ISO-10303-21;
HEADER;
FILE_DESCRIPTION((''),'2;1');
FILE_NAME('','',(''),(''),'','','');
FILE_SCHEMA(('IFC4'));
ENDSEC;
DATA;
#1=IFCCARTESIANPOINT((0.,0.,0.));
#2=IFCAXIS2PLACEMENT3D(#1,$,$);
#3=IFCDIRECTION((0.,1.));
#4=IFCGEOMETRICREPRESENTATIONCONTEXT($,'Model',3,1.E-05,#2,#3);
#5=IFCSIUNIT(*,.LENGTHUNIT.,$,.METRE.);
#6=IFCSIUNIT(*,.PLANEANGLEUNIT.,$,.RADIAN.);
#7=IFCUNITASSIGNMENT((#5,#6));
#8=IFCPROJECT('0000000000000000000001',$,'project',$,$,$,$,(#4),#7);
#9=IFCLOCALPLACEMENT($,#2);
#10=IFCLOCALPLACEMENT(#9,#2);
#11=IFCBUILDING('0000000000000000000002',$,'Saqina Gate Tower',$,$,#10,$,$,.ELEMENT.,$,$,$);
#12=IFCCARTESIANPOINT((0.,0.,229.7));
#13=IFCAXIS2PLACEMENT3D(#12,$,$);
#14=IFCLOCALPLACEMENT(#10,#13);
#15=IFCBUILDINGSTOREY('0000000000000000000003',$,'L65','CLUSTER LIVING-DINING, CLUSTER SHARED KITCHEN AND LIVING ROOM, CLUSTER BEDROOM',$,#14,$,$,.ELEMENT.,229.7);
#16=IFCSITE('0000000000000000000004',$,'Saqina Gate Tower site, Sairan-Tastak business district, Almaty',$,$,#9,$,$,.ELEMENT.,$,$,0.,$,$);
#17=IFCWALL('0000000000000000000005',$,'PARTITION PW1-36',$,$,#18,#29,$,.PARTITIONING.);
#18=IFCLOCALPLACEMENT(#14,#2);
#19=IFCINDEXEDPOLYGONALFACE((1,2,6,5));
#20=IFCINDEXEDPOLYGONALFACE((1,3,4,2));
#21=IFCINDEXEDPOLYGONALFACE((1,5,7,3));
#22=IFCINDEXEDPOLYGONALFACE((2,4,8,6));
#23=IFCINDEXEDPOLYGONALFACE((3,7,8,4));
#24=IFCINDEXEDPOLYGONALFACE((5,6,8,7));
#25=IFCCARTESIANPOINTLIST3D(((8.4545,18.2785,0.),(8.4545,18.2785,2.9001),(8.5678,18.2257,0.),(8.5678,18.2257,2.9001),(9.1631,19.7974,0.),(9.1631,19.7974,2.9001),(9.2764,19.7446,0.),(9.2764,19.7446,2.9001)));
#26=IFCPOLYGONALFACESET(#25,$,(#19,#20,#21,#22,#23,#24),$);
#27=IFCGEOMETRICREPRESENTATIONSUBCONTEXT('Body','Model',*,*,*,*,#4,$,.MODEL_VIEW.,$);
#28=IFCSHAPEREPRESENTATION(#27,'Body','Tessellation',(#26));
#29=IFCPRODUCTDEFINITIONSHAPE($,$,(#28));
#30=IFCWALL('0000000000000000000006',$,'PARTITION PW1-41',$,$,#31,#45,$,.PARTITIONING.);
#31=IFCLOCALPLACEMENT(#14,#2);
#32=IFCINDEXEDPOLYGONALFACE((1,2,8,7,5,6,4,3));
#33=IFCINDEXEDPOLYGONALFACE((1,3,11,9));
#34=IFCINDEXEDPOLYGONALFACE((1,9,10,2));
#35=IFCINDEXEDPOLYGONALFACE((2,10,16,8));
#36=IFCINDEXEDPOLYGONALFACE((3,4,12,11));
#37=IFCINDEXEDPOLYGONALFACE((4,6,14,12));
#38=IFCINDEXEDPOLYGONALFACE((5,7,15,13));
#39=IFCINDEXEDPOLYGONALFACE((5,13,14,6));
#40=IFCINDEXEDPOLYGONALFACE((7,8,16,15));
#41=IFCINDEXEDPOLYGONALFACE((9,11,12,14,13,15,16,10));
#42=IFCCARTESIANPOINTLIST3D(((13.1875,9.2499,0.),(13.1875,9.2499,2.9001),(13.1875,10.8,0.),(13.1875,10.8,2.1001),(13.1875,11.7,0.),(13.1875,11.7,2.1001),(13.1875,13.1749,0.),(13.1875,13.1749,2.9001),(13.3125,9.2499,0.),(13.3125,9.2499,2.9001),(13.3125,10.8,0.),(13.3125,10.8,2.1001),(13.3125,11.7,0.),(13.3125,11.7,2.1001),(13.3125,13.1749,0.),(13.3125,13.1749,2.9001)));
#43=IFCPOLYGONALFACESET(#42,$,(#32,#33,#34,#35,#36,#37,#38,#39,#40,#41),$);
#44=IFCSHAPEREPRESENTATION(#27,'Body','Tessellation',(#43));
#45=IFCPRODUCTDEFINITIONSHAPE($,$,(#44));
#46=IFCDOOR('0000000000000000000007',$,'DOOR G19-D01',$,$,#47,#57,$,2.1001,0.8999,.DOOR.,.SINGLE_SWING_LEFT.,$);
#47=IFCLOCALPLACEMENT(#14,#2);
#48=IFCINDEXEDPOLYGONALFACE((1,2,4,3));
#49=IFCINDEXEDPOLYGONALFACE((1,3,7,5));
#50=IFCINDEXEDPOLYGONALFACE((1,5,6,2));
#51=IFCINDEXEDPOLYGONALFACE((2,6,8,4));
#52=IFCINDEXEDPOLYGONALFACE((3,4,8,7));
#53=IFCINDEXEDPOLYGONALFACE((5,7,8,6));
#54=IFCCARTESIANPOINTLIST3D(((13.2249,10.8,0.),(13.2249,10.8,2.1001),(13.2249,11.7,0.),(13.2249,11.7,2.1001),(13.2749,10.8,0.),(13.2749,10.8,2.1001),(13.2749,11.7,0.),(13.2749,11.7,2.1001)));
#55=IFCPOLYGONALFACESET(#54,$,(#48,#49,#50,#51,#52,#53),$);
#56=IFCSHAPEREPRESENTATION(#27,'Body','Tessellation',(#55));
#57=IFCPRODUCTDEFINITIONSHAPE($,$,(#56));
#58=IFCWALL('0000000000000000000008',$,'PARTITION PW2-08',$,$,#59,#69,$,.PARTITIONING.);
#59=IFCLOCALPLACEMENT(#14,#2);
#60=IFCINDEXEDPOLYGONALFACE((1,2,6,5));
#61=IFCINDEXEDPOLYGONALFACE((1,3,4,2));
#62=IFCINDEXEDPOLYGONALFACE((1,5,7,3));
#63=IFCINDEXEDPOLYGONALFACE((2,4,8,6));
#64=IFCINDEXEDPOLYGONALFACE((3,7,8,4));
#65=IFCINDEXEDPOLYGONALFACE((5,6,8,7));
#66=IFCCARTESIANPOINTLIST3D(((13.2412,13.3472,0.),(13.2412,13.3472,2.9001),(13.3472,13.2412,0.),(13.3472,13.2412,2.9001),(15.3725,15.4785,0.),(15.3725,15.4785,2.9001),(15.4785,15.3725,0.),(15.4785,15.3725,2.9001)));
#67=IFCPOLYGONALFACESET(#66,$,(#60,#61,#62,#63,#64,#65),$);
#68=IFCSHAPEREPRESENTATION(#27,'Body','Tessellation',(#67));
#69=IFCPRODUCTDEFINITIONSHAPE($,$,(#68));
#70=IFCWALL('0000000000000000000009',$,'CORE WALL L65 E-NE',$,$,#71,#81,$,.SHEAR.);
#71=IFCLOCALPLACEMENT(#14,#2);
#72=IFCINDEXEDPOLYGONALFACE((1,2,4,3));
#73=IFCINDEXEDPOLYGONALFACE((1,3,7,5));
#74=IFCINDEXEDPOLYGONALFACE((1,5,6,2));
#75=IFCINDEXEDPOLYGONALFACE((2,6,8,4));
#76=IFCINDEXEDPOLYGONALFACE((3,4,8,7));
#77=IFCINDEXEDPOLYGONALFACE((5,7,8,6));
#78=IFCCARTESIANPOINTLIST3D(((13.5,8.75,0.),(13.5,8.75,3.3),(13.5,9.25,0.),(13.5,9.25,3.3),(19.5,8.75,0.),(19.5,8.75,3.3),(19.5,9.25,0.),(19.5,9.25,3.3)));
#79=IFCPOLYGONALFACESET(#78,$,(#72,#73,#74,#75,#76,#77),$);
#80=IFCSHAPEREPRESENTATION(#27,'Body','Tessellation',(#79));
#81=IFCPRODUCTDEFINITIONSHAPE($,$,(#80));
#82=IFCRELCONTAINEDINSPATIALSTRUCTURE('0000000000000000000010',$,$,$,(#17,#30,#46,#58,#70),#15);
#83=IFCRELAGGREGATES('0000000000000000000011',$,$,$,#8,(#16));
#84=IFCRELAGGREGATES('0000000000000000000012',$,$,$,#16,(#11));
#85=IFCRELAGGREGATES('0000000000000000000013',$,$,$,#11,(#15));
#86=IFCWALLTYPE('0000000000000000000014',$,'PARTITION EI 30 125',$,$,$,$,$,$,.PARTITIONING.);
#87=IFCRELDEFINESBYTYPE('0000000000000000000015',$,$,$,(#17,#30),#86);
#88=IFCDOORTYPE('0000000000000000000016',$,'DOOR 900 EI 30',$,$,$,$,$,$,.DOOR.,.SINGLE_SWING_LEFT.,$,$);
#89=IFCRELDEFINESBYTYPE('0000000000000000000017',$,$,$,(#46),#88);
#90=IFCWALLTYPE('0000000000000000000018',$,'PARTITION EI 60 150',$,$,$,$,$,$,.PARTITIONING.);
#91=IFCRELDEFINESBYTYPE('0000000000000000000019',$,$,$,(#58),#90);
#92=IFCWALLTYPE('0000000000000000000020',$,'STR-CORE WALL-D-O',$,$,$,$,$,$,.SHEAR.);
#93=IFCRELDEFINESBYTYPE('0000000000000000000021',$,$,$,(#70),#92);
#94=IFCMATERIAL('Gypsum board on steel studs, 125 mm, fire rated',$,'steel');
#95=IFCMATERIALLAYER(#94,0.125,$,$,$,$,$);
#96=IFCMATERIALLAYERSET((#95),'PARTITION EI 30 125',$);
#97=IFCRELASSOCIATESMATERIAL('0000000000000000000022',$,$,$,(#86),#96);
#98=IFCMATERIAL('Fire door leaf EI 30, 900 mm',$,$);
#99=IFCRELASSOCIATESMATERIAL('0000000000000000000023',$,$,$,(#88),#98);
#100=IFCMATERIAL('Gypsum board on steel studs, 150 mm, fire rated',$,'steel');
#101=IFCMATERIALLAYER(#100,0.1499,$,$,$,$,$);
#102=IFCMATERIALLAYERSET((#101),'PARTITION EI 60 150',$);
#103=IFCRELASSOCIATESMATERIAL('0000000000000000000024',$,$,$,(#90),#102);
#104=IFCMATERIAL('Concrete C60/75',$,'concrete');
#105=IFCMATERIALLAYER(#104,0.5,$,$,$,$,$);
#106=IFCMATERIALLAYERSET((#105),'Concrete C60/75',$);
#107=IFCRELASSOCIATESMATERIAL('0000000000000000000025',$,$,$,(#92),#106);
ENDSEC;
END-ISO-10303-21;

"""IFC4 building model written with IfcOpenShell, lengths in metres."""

from ifc_helpers import new_model, si_unit, direction, frame, frame_2d, origin, place, context, subcontext, project, spatial, rectangle, extrude, material, layer, layer_set, type_object, element, fill, save


model = new_model("IFC4")

# Units and contexts
model_context = context("Model", 3, precision=1e-05, world=origin(), true_north=direction((0.0, 1.0)))
body_context = subcontext(model_context, "Body", "Model", "MODEL_VIEW")
ifc_project = project(units=[si_unit("LENGTHUNIT", "METRE"), si_unit("PLANEANGLEUNIT", "RADIAN")], contexts=[model_context])

# Site, building, storey
site_placement = place(None, origin())
site = spatial("IfcSite", under=ifc_project, at=site_placement, Name="Saqina Gate Tower site, Sairan-Tastak business district, Almaty", CompositionType="ELEMENT", RefElevation=0.0)
building_placement = place(site_placement, origin())
building = spatial("IfcBuilding", under=site, at=building_placement, Name="Saqina Gate Tower", CompositionType="ELEMENT")
storey_placement = place(building_placement, frame((0.0, 0.0, 229.7)))
storey = spatial("IfcBuildingStorey", under=building, at=storey_placement, Name="L65", Description="CLUSTER LIVING-DINING, CLUSTER SHARED KITCHEN AND LIVING ROOM, CLUSTER BEDROOM", CompositionType="ELEMENT", Elevation=229.7)

# Shared definitions
ifc_material_1 = material(Name="Gypsum board on steel studs, 125 mm, fire rated", Category="steel")
ifc_layer_1 = layer(ifc_material_1, 0.125)
ifc_layer_set_1 = layer_set([ifc_layer_1], Name="PARTITION EI 30 125")
wall_type_1 = type_object("IfcWallType", Name="PARTITION EI 30 125", PredefinedType="PARTITIONING", material=ifc_layer_set_1)

# Shared definitions
ifc_material_2 = material(Name="Fire door leaf EI 30, 900 mm")
door_type_1 = type_object("IfcDoorType", Name="DOOR 900 EI 30", OperationType="SINGLE_SWING_LEFT", PredefinedType="DOOR", material=ifc_material_2)

# Wall
wall_1_placement = place(storey_placement, frame((8.5112, 18.2522, 0.0), z_axis=(0.0, 0.0, 1.0), x_axis=(0.42275, 0.906246, 0.0)))
element("IfcWall", 1, at=wall_1_placement, inside=storey, type_object=wall_type_1, Name="PARTITION PW1-36", PredefinedType="PARTITIONING", context=body_context, shape_type="SweptSolid", body=[
    extrude(rectangle(XDim=1.676, YDim=0.125, at=frame_2d((0.8379, 0.0))), origin(), (0.0, 0.0, 1.0), 2.9001),
])

# Wall, opening, door
wall_2_placement = place(storey_placement, frame((13.25, 9.25, 0.0), z_axis=(0.0, 0.0, 1.0), x_axis=(0.0, 1.0, 0.0)))
wall_2 = element("IfcWall", 2, at=wall_2_placement, inside=storey, type_object=wall_type_1, Name="PARTITION PW1-41", PredefinedType="PARTITIONING", context=body_context, shape_type="SweptSolid", body=[
    extrude(rectangle(XDim=3.925, YDim=0.125, at=frame_2d((1.9624, 0.0))), origin(), (0.0, 0.0, 1.0), 2.9001),
])
opening_1_placement = place(wall_2_placement, frame((1.55, 0.0, 0.0)))
opening_1 = element("IfcOpeningElement", 3, at=opening_1_placement, cuts=wall_2, PredefinedType="OPENING", context=body_context, shape_type="SweptSolid", body=[
    extrude(rectangle(XDim=0.8999, YDim=2.1001, at=frame_2d((0.45, 1.05))), frame((0.0, 0.0745, 0.0), z_axis=(0.0, -1.0, 0.0), x_axis=(1.0, 0.0, 0.0)), (0.0, 0.0, 1.0), 0.1489),
])
door_1_placement = place(opening_1_placement, frame((0.8999, 0.0, 0.0), z_axis=(0.0, 0.0, 1.0), x_axis=(-1.0, 0.0, 0.0)))
door_1 = element("IfcDoor", 4, at=door_1_placement, inside=storey, type_object=door_type_1, Name="DOOR G19-D01", OperationType="SINGLE_SWING_LEFT", OverallHeight=2.1001, OverallWidth=0.8999, PredefinedType="DOOR", context=body_context, shape_type="SweptSolid", body=[
    extrude(rectangle(XDim=0.8999, YDim=2.1001, at=frame_2d((0.45, 1.05))), frame((0.0, 0.0249, 0.0), z_axis=(0.0, -1.0, 0.0), x_axis=(1.0, 0.0, 0.0)), (0.0, 0.0, 1.0), 0.05),
])
fill(opening_1, door_1)

# Walls
ifc_material_3 = material(Name="Gypsum board on steel studs, 150 mm, fire rated", Category="steel")
ifc_layer_2 = layer(ifc_material_3, 0.1499)
ifc_layer_set_2 = layer_set([ifc_layer_2], Name="PARTITION EI 60 150")
wall_type_2 = type_object("IfcWallType", Name="PARTITION EI 60 150", PredefinedType="PARTITIONING", material=ifc_layer_set_2)
wall_3_placement = place(storey_placement, frame((13.2942, 13.2942, 0.0), z_axis=(0.0, 0.0, 1.0), x_axis=(0.707107, 0.707107, 0.0)))
element("IfcWall", 5, at=wall_3_placement, inside=storey, type_object=wall_type_2, Name="PARTITION PW2-08", PredefinedType="PARTITIONING", context=body_context, shape_type="SweptSolid", body=[
    extrude(rectangle(XDim=3.0142, YDim=0.1499, at=frame_2d((1.5071, 0.0))), origin(), (0.0, 0.0, 1.0), 2.9001),
])
ifc_material_4 = material(Name="Concrete C60/75", Category="concrete")
ifc_layer_3 = layer(ifc_material_4, 0.5)
ifc_layer_set_3 = layer_set([ifc_layer_3], Name="Concrete C60/75")
wall_type_3 = type_object("IfcWallType", Name="STR-CORE WALL-D-O", PredefinedType="SHEAR", material=ifc_layer_set_3)
wall_4_placement = place(storey_placement, frame((13.5, 9.0, 0.0), z_axis=(0.0, 0.0, 1.0), x_axis=(1.0, 0.0, 0.0)))
element("IfcWall", 6, at=wall_4_placement, inside=storey, type_object=wall_type_3, Name="CORE WALL L65 E-NE", PredefinedType="SHEAR", context=body_context, shape_type="SweptSolid", body=[
    extrude(rectangle(XDim=6.0, YDim=0.5, at=frame_2d((3.0, 0.0))), origin(), (0.0, 0.0, 1.0), 3.3),
])

save(model, "model.ifc")
